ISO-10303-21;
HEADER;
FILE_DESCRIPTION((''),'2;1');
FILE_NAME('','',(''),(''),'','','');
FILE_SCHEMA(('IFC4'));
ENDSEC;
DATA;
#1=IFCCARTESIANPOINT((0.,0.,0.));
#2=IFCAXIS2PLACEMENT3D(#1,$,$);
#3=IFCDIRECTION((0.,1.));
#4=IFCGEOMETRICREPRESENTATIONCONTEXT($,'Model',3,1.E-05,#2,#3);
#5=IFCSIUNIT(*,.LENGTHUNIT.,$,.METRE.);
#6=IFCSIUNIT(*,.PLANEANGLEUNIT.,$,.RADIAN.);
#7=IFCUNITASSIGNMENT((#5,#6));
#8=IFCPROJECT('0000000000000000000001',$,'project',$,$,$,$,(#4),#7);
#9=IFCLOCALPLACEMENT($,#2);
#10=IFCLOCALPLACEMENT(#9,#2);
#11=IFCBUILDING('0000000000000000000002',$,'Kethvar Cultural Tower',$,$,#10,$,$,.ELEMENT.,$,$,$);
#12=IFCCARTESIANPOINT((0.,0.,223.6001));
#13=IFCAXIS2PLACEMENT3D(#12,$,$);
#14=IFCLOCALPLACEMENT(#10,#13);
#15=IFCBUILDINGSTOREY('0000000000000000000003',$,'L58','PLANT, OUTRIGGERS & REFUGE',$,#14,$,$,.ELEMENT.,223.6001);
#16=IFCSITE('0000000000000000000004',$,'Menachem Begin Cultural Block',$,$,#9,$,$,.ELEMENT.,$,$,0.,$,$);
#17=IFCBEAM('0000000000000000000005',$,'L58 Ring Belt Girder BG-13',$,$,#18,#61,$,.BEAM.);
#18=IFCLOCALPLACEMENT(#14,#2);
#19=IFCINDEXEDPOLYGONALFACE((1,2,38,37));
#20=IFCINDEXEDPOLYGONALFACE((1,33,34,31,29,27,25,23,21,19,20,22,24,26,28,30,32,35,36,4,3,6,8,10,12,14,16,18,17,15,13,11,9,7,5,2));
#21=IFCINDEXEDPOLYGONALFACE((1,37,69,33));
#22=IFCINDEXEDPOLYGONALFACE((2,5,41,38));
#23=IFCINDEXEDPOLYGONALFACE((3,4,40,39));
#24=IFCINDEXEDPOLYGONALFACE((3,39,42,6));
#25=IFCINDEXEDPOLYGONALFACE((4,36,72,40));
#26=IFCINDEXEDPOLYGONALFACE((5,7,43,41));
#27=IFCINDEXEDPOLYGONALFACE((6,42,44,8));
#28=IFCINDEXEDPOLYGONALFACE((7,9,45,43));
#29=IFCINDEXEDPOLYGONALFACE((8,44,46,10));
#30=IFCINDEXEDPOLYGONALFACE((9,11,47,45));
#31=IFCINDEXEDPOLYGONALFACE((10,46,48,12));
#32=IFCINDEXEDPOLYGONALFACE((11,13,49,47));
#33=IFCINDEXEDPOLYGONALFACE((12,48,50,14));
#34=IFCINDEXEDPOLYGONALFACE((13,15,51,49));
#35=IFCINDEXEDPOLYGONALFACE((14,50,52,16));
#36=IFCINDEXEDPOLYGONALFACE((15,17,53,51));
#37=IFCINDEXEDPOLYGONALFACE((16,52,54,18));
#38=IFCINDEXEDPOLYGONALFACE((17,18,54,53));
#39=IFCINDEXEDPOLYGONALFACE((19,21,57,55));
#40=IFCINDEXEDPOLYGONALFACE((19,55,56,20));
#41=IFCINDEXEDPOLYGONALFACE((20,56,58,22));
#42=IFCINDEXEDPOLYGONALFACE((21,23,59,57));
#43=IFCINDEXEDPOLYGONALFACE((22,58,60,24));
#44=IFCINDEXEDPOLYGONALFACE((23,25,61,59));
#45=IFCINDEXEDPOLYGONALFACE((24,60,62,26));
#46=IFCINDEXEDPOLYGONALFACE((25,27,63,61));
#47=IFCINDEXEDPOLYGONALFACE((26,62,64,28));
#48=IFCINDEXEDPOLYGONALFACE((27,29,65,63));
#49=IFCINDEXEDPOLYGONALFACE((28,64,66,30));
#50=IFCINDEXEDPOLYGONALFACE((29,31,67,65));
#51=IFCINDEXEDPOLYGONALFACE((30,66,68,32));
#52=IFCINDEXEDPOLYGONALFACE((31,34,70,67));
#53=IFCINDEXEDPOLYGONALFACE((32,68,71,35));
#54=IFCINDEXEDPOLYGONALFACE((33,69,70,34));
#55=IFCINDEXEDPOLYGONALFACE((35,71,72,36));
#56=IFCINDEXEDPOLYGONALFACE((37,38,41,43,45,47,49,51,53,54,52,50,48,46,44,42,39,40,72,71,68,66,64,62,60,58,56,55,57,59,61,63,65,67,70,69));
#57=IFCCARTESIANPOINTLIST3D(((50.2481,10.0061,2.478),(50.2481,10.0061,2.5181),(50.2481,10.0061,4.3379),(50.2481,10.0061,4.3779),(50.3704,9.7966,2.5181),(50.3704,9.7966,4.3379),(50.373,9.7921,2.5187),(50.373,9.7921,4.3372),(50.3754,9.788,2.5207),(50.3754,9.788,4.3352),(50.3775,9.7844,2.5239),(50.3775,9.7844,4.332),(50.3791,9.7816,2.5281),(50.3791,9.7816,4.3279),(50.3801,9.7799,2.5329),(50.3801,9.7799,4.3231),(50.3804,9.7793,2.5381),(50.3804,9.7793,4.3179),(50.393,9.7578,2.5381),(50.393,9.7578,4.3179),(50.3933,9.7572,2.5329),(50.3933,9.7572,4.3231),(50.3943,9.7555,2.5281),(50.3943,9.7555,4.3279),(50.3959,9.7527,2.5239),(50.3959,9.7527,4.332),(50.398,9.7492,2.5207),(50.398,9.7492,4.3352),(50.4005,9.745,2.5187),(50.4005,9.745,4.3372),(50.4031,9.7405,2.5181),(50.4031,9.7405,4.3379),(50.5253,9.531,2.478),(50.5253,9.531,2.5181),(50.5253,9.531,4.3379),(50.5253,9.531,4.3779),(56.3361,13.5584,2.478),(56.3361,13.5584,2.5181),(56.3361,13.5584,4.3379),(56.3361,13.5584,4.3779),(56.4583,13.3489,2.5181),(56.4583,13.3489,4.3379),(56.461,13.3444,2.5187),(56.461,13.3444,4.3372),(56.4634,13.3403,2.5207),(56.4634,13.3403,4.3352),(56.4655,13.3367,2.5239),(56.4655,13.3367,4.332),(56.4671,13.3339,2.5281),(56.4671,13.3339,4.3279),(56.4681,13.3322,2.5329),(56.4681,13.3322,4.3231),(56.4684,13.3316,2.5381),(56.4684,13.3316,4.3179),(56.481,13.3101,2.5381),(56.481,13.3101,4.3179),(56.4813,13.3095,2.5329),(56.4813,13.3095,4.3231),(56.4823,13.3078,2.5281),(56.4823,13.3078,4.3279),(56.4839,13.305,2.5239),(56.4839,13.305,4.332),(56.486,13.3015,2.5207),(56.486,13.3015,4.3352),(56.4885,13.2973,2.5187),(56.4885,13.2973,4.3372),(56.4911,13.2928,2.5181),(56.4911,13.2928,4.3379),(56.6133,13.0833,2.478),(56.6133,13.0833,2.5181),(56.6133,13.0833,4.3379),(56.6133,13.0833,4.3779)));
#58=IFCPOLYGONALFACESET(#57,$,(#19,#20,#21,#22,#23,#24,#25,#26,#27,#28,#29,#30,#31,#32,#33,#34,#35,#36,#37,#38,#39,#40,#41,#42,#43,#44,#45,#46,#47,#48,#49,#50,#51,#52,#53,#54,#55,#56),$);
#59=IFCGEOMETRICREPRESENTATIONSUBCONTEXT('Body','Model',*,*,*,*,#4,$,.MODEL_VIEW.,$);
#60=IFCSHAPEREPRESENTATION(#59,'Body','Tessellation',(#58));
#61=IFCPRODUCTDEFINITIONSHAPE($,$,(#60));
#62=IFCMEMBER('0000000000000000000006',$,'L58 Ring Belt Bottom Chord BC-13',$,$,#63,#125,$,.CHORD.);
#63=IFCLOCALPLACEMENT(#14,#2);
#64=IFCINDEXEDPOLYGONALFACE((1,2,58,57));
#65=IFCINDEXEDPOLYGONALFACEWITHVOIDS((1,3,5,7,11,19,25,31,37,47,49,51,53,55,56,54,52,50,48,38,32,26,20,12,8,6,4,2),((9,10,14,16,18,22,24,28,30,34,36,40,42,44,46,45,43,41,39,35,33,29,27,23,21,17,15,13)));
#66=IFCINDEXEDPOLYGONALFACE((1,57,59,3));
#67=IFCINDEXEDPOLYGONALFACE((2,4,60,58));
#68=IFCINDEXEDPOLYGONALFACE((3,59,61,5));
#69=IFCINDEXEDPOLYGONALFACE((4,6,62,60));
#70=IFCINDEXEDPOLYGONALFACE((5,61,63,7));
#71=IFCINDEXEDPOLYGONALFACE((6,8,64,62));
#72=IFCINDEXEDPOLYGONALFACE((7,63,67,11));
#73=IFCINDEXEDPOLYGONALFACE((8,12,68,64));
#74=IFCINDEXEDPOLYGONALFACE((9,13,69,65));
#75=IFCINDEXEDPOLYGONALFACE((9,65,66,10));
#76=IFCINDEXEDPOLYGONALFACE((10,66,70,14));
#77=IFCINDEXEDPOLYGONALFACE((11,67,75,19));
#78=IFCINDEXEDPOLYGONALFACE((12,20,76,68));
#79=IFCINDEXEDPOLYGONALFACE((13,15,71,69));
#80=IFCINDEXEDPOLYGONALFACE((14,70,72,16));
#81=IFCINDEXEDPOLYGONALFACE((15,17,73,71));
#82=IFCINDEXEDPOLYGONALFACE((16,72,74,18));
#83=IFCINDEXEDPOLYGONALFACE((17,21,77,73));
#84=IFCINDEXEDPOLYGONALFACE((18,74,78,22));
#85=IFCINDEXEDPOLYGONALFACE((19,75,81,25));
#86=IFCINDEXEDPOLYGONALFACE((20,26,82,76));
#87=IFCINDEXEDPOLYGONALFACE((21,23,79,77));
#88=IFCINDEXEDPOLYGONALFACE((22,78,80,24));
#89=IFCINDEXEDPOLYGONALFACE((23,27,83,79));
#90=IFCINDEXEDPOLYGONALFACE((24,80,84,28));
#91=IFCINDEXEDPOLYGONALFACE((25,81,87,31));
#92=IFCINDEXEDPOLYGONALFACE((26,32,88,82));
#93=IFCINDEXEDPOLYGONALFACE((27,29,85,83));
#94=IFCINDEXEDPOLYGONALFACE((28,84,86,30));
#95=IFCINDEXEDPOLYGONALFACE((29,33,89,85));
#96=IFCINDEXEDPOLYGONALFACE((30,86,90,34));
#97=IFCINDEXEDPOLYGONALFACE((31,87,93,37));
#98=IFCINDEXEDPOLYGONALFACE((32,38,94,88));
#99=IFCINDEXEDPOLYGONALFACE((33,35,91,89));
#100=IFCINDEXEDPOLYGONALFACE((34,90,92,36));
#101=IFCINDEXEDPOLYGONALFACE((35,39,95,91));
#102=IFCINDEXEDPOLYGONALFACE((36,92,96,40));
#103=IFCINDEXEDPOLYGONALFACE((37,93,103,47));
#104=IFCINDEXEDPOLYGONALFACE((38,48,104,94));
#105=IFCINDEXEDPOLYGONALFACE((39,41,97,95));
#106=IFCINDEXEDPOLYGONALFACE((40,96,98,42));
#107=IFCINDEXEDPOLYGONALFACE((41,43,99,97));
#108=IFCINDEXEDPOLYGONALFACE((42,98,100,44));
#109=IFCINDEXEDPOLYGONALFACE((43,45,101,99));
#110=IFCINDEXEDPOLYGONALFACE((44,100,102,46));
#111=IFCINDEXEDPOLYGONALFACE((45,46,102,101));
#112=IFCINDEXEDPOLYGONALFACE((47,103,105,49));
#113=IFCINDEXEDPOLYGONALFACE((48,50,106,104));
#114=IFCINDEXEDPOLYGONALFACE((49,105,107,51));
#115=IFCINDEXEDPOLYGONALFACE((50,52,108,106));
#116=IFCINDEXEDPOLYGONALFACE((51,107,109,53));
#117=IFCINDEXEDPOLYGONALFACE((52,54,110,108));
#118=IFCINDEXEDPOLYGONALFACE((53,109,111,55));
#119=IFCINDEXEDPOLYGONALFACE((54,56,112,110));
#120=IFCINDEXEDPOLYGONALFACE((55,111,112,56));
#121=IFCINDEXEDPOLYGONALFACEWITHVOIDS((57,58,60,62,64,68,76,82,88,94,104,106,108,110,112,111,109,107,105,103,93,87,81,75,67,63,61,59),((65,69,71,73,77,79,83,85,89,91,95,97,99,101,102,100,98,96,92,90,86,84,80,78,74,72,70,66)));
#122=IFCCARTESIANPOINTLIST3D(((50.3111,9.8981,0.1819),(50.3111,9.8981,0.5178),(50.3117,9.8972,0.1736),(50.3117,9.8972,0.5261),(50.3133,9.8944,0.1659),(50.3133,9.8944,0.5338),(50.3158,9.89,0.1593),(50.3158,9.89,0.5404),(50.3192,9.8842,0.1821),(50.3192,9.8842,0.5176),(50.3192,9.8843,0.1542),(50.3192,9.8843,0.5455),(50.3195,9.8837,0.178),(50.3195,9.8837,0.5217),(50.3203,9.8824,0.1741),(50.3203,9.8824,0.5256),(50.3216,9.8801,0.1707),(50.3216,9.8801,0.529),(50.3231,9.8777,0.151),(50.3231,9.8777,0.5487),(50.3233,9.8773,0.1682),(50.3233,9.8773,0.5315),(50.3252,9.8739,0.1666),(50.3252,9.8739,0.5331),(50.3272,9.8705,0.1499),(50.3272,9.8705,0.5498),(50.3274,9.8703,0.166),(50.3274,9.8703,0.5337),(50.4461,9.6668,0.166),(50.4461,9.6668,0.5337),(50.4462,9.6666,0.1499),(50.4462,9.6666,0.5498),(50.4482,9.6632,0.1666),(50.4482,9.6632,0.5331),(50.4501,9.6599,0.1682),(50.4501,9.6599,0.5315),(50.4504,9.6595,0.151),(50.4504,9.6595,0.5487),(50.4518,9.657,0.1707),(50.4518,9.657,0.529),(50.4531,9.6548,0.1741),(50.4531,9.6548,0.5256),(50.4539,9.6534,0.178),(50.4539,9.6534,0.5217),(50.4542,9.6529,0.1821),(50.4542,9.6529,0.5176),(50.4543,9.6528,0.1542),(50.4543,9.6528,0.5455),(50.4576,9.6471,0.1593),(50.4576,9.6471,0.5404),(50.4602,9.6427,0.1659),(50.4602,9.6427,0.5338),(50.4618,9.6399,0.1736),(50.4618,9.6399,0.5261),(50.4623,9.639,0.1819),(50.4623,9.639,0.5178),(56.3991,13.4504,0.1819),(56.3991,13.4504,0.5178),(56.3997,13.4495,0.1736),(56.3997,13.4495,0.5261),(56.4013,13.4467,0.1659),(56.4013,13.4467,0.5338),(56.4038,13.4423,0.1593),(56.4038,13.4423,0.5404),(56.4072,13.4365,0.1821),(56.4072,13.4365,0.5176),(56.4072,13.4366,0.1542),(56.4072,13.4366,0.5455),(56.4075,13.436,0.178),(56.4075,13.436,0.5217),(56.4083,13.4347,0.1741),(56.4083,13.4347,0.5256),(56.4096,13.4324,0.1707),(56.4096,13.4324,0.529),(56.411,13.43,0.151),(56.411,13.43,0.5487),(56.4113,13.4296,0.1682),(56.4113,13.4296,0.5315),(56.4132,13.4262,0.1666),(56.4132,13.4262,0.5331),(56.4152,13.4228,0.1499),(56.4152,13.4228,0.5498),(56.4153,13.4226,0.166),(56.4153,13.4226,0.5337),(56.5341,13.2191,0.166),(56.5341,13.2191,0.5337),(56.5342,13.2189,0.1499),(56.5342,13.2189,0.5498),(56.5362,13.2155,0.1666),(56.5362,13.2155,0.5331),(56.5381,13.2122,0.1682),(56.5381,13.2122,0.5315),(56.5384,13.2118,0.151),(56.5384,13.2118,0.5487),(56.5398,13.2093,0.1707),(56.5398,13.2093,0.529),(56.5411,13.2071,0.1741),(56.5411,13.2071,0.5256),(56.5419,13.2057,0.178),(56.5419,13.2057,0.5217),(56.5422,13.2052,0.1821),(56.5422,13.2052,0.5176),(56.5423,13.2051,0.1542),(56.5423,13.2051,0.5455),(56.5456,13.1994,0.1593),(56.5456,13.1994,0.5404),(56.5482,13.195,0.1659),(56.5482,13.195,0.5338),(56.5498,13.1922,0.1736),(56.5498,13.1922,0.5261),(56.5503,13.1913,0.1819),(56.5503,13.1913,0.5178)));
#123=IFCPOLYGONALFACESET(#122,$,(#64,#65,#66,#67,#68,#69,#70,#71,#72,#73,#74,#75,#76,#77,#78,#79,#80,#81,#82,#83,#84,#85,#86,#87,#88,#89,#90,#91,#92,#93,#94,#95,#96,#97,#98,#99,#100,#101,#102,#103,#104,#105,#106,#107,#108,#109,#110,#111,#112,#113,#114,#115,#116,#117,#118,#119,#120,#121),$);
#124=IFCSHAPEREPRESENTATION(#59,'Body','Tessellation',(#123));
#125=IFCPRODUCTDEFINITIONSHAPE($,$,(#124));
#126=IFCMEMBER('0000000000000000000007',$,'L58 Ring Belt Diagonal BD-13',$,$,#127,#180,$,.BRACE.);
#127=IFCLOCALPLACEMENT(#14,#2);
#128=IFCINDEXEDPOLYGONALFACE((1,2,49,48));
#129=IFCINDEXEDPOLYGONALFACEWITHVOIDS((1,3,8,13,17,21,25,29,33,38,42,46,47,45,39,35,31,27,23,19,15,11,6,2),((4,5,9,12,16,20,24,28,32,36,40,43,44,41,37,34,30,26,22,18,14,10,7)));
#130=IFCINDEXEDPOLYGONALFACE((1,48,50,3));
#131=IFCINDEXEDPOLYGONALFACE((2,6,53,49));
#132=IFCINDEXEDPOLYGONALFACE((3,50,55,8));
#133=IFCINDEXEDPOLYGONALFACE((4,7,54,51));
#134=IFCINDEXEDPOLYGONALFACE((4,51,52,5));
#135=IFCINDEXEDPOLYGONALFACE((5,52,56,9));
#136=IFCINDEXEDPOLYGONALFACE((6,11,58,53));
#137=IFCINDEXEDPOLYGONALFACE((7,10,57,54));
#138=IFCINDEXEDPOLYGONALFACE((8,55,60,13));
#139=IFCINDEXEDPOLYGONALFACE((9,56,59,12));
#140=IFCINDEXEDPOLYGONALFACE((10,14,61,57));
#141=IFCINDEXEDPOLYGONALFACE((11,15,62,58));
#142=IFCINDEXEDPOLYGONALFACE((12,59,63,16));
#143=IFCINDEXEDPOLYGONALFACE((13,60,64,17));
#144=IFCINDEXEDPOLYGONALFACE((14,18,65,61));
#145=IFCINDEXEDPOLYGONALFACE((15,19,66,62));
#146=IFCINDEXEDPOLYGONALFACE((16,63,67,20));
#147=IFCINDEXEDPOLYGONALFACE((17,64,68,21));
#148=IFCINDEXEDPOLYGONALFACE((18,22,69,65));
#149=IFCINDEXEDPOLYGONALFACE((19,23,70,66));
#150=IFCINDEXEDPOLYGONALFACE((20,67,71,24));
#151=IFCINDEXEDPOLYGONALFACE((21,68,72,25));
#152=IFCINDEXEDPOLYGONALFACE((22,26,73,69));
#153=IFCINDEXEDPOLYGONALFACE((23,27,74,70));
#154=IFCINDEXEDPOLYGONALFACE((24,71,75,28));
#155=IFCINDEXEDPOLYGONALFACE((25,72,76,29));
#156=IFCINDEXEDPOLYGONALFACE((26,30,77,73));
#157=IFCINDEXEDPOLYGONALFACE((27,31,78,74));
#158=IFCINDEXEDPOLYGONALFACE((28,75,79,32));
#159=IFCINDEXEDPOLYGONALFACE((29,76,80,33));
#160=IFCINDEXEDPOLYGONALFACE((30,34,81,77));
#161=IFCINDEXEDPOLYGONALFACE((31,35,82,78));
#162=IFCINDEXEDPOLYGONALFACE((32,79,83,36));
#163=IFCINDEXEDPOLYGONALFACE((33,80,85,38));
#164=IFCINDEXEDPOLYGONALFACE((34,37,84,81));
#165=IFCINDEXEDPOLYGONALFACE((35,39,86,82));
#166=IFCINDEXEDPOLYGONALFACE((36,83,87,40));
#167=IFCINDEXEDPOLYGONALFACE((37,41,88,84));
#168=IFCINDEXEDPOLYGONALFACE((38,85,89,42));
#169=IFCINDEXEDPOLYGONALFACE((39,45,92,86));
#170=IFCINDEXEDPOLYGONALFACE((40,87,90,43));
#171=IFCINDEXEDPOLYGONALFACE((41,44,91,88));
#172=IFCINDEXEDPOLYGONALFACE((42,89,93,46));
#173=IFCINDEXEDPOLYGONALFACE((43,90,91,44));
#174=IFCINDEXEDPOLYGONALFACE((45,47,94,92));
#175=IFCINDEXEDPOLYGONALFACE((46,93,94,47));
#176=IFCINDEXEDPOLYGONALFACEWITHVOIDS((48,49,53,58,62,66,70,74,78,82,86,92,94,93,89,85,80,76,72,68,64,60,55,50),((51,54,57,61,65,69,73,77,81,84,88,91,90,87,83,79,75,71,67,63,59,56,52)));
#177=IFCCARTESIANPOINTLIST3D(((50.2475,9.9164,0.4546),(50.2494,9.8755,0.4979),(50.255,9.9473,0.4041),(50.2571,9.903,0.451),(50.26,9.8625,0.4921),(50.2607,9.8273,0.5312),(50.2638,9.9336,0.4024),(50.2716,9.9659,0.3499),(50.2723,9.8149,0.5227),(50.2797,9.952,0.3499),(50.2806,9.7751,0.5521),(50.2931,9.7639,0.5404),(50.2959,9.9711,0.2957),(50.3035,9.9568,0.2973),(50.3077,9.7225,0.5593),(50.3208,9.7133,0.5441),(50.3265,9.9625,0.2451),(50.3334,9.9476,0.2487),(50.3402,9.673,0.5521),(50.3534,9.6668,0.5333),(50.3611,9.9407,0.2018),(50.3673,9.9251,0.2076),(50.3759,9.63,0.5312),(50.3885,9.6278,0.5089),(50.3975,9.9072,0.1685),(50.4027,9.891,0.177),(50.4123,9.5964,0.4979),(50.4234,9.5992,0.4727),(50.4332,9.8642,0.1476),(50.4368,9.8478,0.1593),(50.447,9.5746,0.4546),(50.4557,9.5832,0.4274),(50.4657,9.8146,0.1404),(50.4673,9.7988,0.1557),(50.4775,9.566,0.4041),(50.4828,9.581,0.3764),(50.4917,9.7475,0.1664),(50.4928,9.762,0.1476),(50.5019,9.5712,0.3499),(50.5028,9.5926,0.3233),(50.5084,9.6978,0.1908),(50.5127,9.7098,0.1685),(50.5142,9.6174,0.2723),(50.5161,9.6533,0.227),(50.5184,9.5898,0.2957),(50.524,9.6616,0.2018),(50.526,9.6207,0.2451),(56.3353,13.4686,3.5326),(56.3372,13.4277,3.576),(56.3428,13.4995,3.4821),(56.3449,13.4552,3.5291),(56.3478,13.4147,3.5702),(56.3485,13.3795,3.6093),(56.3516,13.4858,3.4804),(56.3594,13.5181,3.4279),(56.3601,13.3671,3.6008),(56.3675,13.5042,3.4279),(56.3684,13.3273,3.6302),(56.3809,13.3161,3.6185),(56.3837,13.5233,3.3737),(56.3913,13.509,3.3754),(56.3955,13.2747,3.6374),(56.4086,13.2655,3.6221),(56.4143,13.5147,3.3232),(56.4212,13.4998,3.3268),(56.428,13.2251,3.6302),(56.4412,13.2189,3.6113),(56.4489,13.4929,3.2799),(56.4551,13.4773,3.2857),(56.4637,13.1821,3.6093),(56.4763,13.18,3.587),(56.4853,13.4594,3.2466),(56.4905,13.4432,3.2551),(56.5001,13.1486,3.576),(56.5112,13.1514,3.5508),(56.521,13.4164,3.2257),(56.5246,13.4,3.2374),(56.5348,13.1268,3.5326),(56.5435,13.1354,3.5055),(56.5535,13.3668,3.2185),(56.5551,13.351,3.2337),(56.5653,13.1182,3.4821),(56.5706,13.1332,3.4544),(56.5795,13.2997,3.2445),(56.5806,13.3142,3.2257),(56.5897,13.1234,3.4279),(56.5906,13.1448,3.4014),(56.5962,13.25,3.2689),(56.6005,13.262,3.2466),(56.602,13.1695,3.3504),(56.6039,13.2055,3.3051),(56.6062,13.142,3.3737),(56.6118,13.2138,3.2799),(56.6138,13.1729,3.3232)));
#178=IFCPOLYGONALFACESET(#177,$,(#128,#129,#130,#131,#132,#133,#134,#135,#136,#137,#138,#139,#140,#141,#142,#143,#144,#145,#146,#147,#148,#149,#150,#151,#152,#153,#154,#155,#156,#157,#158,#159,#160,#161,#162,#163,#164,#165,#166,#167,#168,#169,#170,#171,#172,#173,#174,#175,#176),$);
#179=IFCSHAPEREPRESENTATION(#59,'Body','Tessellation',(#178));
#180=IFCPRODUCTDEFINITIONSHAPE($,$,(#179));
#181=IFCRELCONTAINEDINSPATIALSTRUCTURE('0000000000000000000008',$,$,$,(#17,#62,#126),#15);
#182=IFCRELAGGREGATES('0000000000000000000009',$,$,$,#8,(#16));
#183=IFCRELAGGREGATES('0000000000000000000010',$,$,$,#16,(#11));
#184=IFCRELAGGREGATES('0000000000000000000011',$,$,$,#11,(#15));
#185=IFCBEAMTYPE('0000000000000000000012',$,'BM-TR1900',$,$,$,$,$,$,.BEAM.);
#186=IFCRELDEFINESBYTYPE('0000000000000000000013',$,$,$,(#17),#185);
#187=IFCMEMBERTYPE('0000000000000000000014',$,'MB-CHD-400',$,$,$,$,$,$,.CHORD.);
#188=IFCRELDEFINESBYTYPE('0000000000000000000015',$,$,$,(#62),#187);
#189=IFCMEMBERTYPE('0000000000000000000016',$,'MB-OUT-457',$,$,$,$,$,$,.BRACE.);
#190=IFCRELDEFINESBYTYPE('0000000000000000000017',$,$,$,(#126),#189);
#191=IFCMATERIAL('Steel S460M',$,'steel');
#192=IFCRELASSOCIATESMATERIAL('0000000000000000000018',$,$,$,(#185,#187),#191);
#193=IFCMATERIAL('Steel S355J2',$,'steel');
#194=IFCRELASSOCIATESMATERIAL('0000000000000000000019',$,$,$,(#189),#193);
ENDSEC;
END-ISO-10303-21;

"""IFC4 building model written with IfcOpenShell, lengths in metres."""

from ifc_helpers import new_model, si_unit, direction, frame, origin, origin_2d, place, context, subcontext, project, spatial, hollow_rectangle, hollow_circle, i_section, extrude, source, transform, mapped, material, material_profile, profile_set, type_object, element, save


model = new_model("IFC4")

# Units and contexts
model_context = context("Model", 3, precision=1e-05, world=origin(), true_north=direction((0.0, 1.0)))
body_context = subcontext(model_context, "Body", "Model", "MODEL_VIEW")
ifc_project = project(units=[si_unit("LENGTHUNIT", "METRE"), si_unit("PLANEANGLEUNIT", "RADIAN")], contexts=[model_context])

# Site, building, storey
site_placement = place(None, origin())
site = spatial("IfcSite", under=ifc_project, at=site_placement, Name="Menachem Begin Cultural Block", CompositionType="ELEMENT", RefElevation=0.0)
building_placement = place(site_placement, origin())
building = spatial("IfcBuilding", under=site, at=building_placement, Name="Kethvar Cultural Tower", CompositionType="ELEMENT")
storey_placement = place(building_placement, frame((0.0, 0.0, 223.6001)))
storey = spatial("IfcBuildingStorey", under=building, at=storey_placement, Name="L58", Description="PLANT, OUTRIGGERS & REFUGE", CompositionType="ELEMENT", Elevation=223.6001)

# Shared definitions
ifc_material_1 = material(Name="Steel S460M", Category="steel")

# Shared definitions
ifc_material_profile_1 = material_profile(ifc_material_1, i_section(OverallWidth=0.55, OverallDepth=1.8999, WebThickness=0.0249, FlangeThickness=0.04, FilletRadius=0.02, at=origin_2d()), Name="Steel S460M — PG1900x550x40x25")
ifc_profile_set_1 = profile_set([ifc_material_profile_1], Name="Steel S460M — PG1900x550x40x25")
beam_type = type_object("IfcBeamType", Name="BM-TR1900", PredefinedType="BEAM", material=ifc_profile_set_1)

# Shared definitions
ifc_material_2 = material(Name="Steel S355J2", Category="steel")
ifc_material_profile_2 = material_profile(ifc_material_2, hollow_circle(Radius=0.2285, WallThickness=0.0161, at=origin_2d()), Name="Steel S355J2 — CHS457x16")
ifc_profile_set_2 = profile_set([ifc_material_profile_2], Name="Steel S355J2 — CHS457x16")
member_type_1 = type_object("IfcMemberType", Name="MB-OUT-457", PredefinedType="BRACE", material=ifc_profile_set_2)

# Beam
shared_shape_1 = source(origin(), body_context, "Body", "SweptSolid", [
    extrude(i_section(OverallWidth=0.55, OverallDepth=1.8999, WebThickness=0.0249, FlangeThickness=0.04, FilletRadius=0.02, at=origin_2d()), origin(), (0.0, 0.0, 1.0), 7.0486),
])
beam_1_placement = place(storey_placement, frame((50.3867, 9.7686, 3.428), z_axis=(0.863719, 0.503974, 0.0), x_axis=(-0.503974, 0.863719, 0.0)))
element("IfcBeam", 1, at=beam_1_placement, inside=storey, type_object=beam_type, Name="L58 Ring Belt Girder BG-13", PredefinedType="BEAM", context=body_context, shape_type="MappedRepresentation", body=[
    mapped(shared_shape_1, transform((0.0, 0.0, 0.0), scale=1.0)),
])

# Members
ifc_material_profile_3 = material_profile(ifc_material_1, hollow_rectangle(XDim=0.3, YDim=0.3999, WallThickness=0.0161, InnerFilletRadius=0.0161, OuterFilletRadius=0.032, at=origin_2d()), Name="Steel S460M — RHS400x300x16")
ifc_profile_set_3 = profile_set([ifc_material_profile_3], Name="Steel S460M — RHS400x300x16")
member_type_2 = type_object("IfcMemberType", Name="MB-CHD-400", PredefinedType="CHORD", material=ifc_profile_set_3)
shared_shape_2 = source(origin(), body_context, "Body", "SweptSolid", [
    extrude(hollow_rectangle(XDim=0.3, YDim=0.3999, WallThickness=0.0161, InnerFilletRadius=0.0161, OuterFilletRadius=0.032, at=origin_2d()), origin(), (0.0, 0.0, 1.0), 7.0486),
])
member_1_placement = place(storey_placement, frame((50.3867, 9.7686, 0.3499), z_axis=(0.863719, 0.503974, 0.0), x_axis=(-0.503974, 0.863719, 0.0)))
element("IfcMember", 2, at=member_1_placement, inside=storey, type_object=member_type_2, Name="L58 Ring Belt Bottom Chord BC-13", PredefinedType="CHORD", context=body_context, shape_type="MappedRepresentation", body=[
    mapped(shared_shape_2, transform((0.0, 0.0, 0.0), scale=1.0)),
])
shared_shape_3 = source(origin(), body_context, "Body", "SweptSolid", [
    extrude(hollow_circle(Radius=0.2285, WallThickness=0.0161, at=origin_2d()), origin(), (0.0, 0.0, 1.0), 7.6912),
])
member_2_placement = place(storey_placement, frame((50.3867, 9.7686, 0.3499), z_axis=(0.791532, 0.461854, 0.40021), x_axis=(-0.503974, 0.863719, 0.0)))
element("IfcMember", 3, at=member_2_placement, inside=storey, type_object=member_type_1, Name="L58 Ring Belt Diagonal BD-13", PredefinedType="BRACE", context=body_context, shape_type="MappedRepresentation", body=[
    mapped(shared_shape_3, transform((0.0, 0.0, 0.0), scale=1.0)),
])

save(model, "model.ifc")
